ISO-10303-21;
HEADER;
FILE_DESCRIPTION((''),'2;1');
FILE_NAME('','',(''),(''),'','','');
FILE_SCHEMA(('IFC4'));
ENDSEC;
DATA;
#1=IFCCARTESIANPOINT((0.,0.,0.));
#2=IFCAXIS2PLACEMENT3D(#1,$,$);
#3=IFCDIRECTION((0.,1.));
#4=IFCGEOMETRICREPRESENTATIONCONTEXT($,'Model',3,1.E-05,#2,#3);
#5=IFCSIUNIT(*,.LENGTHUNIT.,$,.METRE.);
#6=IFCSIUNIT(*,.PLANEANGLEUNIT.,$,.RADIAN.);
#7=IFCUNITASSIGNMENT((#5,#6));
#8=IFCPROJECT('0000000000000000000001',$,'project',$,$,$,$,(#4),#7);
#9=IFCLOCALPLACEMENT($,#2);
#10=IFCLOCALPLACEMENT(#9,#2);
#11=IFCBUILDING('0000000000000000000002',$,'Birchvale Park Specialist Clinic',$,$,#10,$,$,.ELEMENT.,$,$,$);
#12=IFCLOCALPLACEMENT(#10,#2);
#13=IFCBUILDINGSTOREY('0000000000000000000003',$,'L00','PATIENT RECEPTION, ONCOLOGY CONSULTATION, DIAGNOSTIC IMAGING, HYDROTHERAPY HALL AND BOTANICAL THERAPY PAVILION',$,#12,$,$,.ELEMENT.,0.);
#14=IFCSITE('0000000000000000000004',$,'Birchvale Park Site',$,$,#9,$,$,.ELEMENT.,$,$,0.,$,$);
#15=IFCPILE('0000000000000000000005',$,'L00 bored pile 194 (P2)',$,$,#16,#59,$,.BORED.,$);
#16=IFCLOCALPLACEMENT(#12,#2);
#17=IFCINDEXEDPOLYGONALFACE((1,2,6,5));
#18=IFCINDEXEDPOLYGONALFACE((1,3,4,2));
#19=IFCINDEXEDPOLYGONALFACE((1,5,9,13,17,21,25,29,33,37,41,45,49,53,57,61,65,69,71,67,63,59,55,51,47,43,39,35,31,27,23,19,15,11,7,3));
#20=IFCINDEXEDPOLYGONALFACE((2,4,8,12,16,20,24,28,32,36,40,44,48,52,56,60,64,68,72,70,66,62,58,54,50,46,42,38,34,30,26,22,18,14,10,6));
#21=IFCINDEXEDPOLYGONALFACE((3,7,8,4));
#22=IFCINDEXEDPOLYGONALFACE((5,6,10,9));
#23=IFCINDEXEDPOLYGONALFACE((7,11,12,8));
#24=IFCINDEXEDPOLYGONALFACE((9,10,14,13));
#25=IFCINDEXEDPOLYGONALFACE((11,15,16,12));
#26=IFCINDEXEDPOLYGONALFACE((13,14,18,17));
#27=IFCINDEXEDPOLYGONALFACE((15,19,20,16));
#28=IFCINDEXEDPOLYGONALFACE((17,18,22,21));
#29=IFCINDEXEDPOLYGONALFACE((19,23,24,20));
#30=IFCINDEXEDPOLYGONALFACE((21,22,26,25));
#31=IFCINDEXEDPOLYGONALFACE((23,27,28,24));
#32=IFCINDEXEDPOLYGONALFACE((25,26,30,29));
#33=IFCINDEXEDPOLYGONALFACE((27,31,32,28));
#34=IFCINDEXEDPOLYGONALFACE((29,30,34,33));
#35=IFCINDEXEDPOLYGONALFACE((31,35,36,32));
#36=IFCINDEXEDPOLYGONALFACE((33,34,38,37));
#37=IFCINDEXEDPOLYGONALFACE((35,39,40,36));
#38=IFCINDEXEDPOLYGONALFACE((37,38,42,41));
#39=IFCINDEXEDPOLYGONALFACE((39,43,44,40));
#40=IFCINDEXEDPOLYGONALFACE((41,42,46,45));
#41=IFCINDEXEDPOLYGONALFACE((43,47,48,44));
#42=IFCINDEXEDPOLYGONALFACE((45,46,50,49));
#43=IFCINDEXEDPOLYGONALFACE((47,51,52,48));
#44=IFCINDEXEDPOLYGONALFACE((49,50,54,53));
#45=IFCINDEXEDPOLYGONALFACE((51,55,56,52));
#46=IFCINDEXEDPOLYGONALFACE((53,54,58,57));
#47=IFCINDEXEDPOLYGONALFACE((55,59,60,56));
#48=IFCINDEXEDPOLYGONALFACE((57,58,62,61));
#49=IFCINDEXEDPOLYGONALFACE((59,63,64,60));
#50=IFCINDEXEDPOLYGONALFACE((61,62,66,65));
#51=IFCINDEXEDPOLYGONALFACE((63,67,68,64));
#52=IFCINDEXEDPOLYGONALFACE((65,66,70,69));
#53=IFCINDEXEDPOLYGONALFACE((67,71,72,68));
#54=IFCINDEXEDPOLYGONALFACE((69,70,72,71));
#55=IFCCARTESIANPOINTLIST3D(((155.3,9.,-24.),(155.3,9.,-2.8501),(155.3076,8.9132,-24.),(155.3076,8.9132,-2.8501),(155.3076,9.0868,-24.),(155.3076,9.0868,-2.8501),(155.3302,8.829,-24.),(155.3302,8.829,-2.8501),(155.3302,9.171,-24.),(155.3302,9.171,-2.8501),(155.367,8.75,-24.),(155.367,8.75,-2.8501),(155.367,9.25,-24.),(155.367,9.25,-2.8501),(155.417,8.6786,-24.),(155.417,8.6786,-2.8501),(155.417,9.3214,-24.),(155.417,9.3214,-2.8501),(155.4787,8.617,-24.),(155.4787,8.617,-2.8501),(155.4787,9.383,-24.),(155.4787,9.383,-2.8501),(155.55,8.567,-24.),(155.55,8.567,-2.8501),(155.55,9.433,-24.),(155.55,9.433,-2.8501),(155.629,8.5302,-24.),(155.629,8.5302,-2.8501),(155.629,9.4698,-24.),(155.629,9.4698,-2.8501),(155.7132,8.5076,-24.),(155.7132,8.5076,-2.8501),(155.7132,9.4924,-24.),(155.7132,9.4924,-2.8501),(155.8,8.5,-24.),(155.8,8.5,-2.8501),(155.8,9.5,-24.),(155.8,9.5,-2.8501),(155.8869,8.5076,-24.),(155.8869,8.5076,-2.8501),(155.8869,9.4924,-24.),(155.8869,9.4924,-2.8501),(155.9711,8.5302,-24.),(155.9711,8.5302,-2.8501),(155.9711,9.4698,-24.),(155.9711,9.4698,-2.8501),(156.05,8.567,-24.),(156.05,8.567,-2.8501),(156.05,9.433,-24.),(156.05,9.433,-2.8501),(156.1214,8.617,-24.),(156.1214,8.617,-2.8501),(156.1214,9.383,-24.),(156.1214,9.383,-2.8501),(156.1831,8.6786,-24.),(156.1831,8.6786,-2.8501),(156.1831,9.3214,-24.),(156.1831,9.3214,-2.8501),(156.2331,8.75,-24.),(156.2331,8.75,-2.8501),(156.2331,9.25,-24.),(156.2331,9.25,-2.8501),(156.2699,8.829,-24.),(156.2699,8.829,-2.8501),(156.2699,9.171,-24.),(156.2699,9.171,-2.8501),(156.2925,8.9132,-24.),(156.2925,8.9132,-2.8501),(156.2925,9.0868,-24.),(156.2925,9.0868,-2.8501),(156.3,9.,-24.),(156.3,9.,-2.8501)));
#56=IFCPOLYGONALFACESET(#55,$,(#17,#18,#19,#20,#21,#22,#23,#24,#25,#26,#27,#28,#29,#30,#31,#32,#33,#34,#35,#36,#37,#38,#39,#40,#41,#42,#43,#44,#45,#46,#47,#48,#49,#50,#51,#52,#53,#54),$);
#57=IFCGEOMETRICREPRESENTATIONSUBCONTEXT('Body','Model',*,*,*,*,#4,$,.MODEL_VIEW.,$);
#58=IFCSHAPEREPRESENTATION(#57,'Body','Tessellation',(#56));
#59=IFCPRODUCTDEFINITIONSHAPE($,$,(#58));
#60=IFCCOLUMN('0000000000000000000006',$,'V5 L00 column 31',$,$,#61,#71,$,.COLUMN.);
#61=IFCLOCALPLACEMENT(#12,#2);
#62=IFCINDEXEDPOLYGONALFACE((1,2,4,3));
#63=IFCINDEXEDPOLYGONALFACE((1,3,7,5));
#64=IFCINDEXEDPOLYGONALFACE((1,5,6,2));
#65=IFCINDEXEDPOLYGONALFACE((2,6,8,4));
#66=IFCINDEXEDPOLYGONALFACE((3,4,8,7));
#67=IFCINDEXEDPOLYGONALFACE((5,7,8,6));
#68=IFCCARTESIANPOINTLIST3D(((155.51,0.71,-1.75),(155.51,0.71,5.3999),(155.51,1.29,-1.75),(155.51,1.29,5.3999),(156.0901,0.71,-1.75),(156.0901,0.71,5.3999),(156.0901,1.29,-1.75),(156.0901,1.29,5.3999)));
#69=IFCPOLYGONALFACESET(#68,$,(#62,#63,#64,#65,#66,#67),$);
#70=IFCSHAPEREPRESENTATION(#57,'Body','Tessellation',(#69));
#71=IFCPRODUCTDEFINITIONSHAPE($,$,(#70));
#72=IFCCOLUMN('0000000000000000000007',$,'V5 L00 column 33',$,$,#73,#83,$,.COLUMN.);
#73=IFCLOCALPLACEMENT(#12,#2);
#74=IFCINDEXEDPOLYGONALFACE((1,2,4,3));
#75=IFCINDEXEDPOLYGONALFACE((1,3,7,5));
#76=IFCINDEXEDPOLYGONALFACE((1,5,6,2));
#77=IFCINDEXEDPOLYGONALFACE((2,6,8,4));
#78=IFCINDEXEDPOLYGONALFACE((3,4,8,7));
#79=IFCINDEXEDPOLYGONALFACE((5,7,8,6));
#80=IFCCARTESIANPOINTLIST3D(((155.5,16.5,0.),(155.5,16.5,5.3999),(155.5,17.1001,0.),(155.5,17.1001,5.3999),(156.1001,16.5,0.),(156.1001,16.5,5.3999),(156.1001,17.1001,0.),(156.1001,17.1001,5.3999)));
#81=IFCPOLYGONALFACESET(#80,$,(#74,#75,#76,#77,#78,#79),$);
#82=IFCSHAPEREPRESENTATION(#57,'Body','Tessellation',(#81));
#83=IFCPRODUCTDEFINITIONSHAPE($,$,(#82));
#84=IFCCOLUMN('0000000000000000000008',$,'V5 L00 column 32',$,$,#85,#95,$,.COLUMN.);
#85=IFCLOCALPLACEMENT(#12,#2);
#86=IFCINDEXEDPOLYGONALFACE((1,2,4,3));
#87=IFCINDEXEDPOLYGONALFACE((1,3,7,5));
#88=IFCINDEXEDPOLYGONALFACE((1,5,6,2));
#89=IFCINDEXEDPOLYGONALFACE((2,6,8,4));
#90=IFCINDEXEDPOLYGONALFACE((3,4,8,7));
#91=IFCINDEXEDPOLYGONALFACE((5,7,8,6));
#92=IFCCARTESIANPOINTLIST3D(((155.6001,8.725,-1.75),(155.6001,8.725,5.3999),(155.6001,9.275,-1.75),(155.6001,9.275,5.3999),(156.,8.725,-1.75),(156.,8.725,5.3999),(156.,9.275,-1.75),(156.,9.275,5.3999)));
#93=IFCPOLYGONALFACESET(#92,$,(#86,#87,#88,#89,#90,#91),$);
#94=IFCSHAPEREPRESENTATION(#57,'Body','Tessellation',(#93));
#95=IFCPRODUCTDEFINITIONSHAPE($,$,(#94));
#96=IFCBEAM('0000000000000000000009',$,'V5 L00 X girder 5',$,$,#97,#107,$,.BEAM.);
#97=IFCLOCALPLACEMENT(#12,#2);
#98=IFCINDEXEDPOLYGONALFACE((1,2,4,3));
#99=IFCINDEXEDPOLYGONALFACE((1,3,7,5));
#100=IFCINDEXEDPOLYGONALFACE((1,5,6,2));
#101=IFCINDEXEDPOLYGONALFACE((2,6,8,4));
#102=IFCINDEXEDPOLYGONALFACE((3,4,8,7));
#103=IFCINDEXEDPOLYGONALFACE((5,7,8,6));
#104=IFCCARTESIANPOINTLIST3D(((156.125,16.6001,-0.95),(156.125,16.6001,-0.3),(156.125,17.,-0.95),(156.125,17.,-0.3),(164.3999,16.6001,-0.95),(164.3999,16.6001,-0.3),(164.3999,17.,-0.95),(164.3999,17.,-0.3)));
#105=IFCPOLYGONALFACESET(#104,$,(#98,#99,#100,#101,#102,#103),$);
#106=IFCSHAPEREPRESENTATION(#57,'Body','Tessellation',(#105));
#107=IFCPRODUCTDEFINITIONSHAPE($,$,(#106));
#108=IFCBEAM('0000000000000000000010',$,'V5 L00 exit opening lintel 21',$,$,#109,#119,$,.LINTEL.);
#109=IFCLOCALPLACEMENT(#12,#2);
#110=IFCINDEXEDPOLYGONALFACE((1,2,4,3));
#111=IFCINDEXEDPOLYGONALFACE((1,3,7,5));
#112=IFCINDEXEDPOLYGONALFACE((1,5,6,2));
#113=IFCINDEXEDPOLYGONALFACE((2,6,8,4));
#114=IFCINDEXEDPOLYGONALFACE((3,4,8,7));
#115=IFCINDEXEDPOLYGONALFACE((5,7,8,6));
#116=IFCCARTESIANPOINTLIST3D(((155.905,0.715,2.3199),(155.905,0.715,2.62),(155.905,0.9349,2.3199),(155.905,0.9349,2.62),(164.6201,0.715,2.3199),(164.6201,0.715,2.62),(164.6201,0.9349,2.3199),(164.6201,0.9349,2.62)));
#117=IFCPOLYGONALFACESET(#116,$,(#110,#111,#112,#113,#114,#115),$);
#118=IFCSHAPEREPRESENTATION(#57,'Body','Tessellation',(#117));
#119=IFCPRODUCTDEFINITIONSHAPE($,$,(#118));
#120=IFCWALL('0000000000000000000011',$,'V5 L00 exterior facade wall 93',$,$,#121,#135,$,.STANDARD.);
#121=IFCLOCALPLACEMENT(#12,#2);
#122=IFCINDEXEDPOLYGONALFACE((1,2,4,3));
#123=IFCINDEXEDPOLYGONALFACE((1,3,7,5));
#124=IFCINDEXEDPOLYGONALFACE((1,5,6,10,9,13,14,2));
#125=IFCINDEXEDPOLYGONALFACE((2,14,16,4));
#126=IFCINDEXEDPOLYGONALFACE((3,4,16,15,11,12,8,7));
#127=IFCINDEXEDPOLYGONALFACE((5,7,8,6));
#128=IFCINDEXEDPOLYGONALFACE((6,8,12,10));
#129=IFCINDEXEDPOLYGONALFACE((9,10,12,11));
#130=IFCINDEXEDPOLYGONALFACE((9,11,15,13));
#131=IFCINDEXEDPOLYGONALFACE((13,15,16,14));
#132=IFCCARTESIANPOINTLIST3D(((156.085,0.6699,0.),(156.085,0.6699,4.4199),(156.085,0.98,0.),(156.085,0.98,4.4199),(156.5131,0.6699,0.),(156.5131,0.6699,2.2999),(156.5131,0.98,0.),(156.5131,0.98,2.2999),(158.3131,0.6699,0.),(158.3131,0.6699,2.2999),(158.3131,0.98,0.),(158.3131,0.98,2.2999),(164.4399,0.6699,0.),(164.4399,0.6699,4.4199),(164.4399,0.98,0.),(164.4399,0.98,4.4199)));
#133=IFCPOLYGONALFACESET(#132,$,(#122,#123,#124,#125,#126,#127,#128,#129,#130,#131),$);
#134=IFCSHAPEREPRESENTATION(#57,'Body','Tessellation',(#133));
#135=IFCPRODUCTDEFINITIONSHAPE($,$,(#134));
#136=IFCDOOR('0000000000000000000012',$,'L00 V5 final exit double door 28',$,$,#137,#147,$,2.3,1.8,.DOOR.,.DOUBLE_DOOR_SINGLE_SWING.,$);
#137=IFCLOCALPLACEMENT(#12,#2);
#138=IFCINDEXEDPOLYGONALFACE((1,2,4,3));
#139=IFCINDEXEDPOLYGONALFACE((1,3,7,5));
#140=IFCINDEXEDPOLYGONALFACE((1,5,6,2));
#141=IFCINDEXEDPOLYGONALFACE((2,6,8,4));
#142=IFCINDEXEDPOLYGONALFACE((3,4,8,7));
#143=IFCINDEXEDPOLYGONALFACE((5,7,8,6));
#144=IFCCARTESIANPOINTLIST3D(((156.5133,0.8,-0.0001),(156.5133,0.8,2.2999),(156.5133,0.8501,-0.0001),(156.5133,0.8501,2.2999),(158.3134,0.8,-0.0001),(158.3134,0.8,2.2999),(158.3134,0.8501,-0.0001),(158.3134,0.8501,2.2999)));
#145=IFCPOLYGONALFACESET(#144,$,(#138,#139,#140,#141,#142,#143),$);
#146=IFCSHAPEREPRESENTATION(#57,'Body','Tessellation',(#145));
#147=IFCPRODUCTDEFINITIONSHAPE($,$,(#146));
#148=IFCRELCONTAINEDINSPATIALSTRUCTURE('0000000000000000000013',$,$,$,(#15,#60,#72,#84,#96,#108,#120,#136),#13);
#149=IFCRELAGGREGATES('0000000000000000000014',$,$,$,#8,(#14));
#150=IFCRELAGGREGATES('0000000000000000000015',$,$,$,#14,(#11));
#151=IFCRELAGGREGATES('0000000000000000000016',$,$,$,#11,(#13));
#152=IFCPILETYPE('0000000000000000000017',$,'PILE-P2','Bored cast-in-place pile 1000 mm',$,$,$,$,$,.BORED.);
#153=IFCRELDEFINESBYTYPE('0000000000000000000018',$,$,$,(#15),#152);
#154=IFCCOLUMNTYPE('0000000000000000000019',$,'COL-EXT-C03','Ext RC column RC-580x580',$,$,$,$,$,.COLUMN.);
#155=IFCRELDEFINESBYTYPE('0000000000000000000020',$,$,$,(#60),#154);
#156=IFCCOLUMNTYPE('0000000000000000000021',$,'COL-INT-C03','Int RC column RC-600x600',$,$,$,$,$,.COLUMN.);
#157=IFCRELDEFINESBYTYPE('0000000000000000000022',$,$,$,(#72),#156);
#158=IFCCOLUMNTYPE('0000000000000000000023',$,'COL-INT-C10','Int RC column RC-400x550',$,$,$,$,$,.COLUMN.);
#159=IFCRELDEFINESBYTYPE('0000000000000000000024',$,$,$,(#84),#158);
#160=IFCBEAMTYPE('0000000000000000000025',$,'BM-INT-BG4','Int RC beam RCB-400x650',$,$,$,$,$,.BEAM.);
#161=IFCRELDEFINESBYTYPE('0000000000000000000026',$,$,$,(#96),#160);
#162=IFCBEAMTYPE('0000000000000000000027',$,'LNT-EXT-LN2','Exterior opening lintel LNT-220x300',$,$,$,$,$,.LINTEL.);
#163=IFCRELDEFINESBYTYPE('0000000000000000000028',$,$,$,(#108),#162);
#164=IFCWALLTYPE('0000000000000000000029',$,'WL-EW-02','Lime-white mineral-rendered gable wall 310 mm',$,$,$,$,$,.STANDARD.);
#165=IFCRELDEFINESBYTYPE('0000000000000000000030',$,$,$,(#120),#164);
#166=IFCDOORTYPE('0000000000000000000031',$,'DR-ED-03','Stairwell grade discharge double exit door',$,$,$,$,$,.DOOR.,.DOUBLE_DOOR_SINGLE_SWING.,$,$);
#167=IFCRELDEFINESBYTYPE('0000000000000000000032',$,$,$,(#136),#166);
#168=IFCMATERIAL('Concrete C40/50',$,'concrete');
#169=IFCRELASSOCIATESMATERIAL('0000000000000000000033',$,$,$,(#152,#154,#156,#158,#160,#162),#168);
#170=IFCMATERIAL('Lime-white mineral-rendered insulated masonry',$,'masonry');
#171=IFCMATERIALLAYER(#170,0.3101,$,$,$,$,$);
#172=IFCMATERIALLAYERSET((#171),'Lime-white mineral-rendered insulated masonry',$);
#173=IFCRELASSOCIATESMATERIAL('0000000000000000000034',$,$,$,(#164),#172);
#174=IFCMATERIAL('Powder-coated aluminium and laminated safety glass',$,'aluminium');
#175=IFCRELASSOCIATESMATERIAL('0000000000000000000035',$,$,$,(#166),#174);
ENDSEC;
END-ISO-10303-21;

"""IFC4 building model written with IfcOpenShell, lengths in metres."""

from ifc_helpers import new_model, si_unit, direction, frame, frame_2d, origin, origin_2d, place, context, subcontext, project, spatial, rectangle, circle, extrude, material, layer, layer_set, material_profile, profile_set, type_object, element, fill, save


model = new_model("IFC4")

# Units and contexts
model_context = context("Model", 3, precision=1e-05, world=origin(), true_north=direction((0.0, 1.0)))
body_context = subcontext(model_context, "Body", "Model", "MODEL_VIEW")
ifc_project = project(units=[si_unit("LENGTHUNIT", "METRE"), si_unit("PLANEANGLEUNIT", "RADIAN")], contexts=[model_context])

# Site, building, storey
site_placement = place(None, origin())
site = spatial("IfcSite", under=ifc_project, at=site_placement, Name="Birchvale Park Site", CompositionType="ELEMENT", RefElevation=0.0)
building_placement = place(site_placement, origin())
building = spatial("IfcBuilding", under=site, at=building_placement, Name="Birchvale Park Specialist Clinic", CompositionType="ELEMENT")
storey_placement = place(building_placement, origin())
storey = spatial("IfcBuildingStorey", under=building, at=storey_placement, Name="L00", Description="PATIENT RECEPTION, ONCOLOGY CONSULTATION, DIAGNOSTIC IMAGING, HYDROTHERAPY HALL AND BOTANICAL THERAPY PAVILION", CompositionType="ELEMENT", Elevation=0.0)

# Shared definitions
ifc_material_1 = material(Name="Concrete C40/50", Category="concrete")

# Pile
ifc_material_profile_1 = material_profile(ifc_material_1, circle(Radius=0.5, at=origin_2d()), Name="PILE-1000")
ifc_profile_set_1 = profile_set([ifc_material_profile_1], Name="Concrete C40/50")
pile_type_1 = type_object("IfcPileType", Name="PILE-P2", Description="Bored cast-in-place pile 1000 mm", PredefinedType="BORED", material=ifc_profile_set_1)
for number, where, z_axis, x_axis, name in (
    (1, (155.8, 9.0, -2.8501), (0.0, 0.0, -1.0), (1.0, 0.0, 0.0), "L00 bored pile 194 (P2)"),
):
    element("IfcPile", number, at=place(storey_placement, frame(where, z_axis=z_axis, x_axis=x_axis)), inside=storey, type_object=pile_type_1, Name=name, PredefinedType="BORED", context=body_context, shape_type="SweptSolid", body=[
        extrude(circle(Radius=0.5, at=origin_2d()), origin(), (0.0, 0.0, 1.0), 21.1499),
    ])

# Columns
ifc_material_profile_2 = material_profile(ifc_material_1, rectangle(XDim=0.5801, YDim=0.5801, at=origin_2d()), Name="RC-580x580")
ifc_profile_set_2 = profile_set([ifc_material_profile_2], Name="Concrete C40/50")
column_type_1 = type_object("IfcColumnType", Name="COL-EXT-C03", Description="Ext RC column RC-580x580", PredefinedType="COLUMN", material=ifc_profile_set_2)
column_1_placement = place(storey_placement, frame((155.8, 1.0, -1.75), z_axis=(0.0, 0.0, 1.0), x_axis=(1.0, 0.0, 0.0)))
element("IfcColumn", 2, at=column_1_placement, inside=storey, type_object=column_type_1, Name="V5 L00 column 31", PredefinedType="COLUMN", context=body_context, shape_type="SweptSolid", body=[
    extrude(rectangle(XDim=0.5801, YDim=0.5801, at=origin_2d()), origin(), (0.0, 0.0, 1.0), 7.1499),
])
ifc_material_profile_3 = material_profile(ifc_material_1, rectangle(XDim=0.6001, YDim=0.6001, at=origin_2d()), Name="RC-600x600")
ifc_profile_set_3 = profile_set([ifc_material_profile_3], Name="Concrete C40/50")
column_type_2 = type_object("IfcColumnType", Name="COL-INT-C03", Description="Int RC column RC-600x600", PredefinedType="COLUMN", material=ifc_profile_set_3)
column_2_placement = place(storey_placement, frame((155.8, 16.8, 0.0), z_axis=(0.0, 0.0, 1.0), x_axis=(1.0, 0.0, 0.0)))
element("IfcColumn", 3, at=column_2_placement, inside=storey, type_object=column_type_2, Name="V5 L00 column 33", PredefinedType="COLUMN", context=body_context, shape_type="SweptSolid", body=[
    extrude(rectangle(XDim=0.6001, YDim=0.6001, at=origin_2d()), origin(), (0.0, 0.0, 1.0), 5.3999),
])
ifc_material_profile_4 = material_profile(ifc_material_1, rectangle(XDim=0.3999, YDim=0.55, at=origin_2d()), Name="RC-400x550")
ifc_profile_set_4 = profile_set([ifc_material_profile_4], Name="Concrete C40/50")
column_type_3 = type_object("IfcColumnType", Name="COL-INT-C10", Description="Int RC column RC-400x550", PredefinedType="COLUMN", material=ifc_profile_set_4)
column_3_placement = place(storey_placement, frame((155.8, 9.0, -1.75), z_axis=(0.0, 0.0, 1.0), x_axis=(1.0, 0.0, 0.0)))
element("IfcColumn", 4, at=column_3_placement, inside=storey, type_object=column_type_3, Name="V5 L00 column 32", PredefinedType="COLUMN", context=body_context, shape_type="SweptSolid", body=[
    extrude(rectangle(XDim=0.3999, YDim=0.55, at=origin_2d()), origin(), (0.0, 0.0, 1.0), 7.1499),
])

# Beams
ifc_material_profile_5 = material_profile(ifc_material_1, rectangle(XDim=0.3999, YDim=0.6499, at=origin_2d()), Name="RCB-400x650")
ifc_profile_set_5 = profile_set([ifc_material_profile_5], Name="Concrete C40/50")
beam_type_1 = type_object("IfcBeamType", Name="BM-INT-BG4", Description="Int RC beam RCB-400x650", PredefinedType="BEAM", material=ifc_profile_set_5)
beam_1_placement = place(storey_placement, frame((156.125, 16.8, -0.625), z_axis=(1.0, 0.0, 0.0), x_axis=(0.0, 1.0, 0.0)))
element("IfcBeam", 5, at=beam_1_placement, inside=storey, type_object=beam_type_1, Name="V5 L00 X girder 5", PredefinedType="BEAM", context=body_context, shape_type="SweptSolid", body=[
    extrude(rectangle(XDim=0.3999, YDim=0.6499, at=origin_2d()), origin(), (0.0, 0.0, 1.0), 8.2749),
])
ifc_material_profile_6 = material_profile(ifc_material_1, rectangle(XDim=0.22, YDim=0.3, at=origin_2d()), Name="LNT-220x300")
ifc_profile_set_6 = profile_set([ifc_material_profile_6], Name="Concrete C40/50")
beam_type_2 = type_object("IfcBeamType", Name="LNT-EXT-LN2", Description="Exterior opening lintel LNT-220x300", PredefinedType="LINTEL", material=ifc_profile_set_6)
beam_2_placement = place(storey_placement, frame((155.905, 0.825, 2.47), z_axis=(1.0, 0.0, 0.0), x_axis=(0.0, 1.0, 0.0)))
element("IfcBeam", 6, at=beam_2_placement, inside=storey, type_object=beam_type_2, Name="V5 L00 exit opening lintel 21", PredefinedType="LINTEL", context=body_context, shape_type="SweptSolid", body=[
    extrude(rectangle(XDim=0.22, YDim=0.3, at=origin_2d()), origin(), (0.0, 0.0, 1.0), 8.7151),
])

# Wall, opening, door
ifc_material_2 = material(Name="Lime-white mineral-rendered insulated masonry", Category="masonry")
ifc_layer = layer(ifc_material_2, 0.3101)
ifc_layer_set = layer_set([ifc_layer], Name="Lime-white mineral-rendered insulated masonry")
wall_type = type_object("IfcWallType", Name="WL-EW-02", Description="Lime-white mineral-rendered gable wall 310 mm", PredefinedType="STANDARD", material=ifc_layer_set)
ifc_material_3 = material(Name="Powder-coated aluminium and laminated safety glass", Category="aluminium")
wall_1_placement = place(storey_placement, frame((156.085, 0.825, 0.0), z_axis=(0.0, 0.0, 1.0), x_axis=(1.0, 0.0, 0.0)))
wall_1 = element("IfcWall", 7, at=wall_1_placement, inside=storey, type_object=wall_type, Name="V5 L00 exterior facade wall 93", PredefinedType="STANDARD", context=body_context, shape_type="SweptSolid", body=[
    extrude(rectangle(XDim=8.355, YDim=0.3101, at=frame_2d((4.1775, 0.0))), origin(), (0.0, 0.0, 1.0), 4.4199),
])
opening_1_placement = place(wall_1_placement, frame((0.4282, 0.0, 0.0)))
opening_1 = element("IfcOpeningElement", 8, at=opening_1_placement, cuts=wall_1, PredefinedType="OPENING", context=body_context, shape_type="SweptSolid", body=[
    extrude(rectangle(XDim=1.8, YDim=2.3, at=frame_2d((0.8999, 1.1499))), frame((0.0, 0.165, 0.0), z_axis=(0.0, -1.0, 0.0), x_axis=(1.0, 0.0, 0.0)), (0.0, 0.0, 1.0), 0.3301),
])
door_type_1 = type_object("IfcDoorType", Name="DR-ED-03", Description="Stairwell grade discharge double exit door", OperationType="DOUBLE_DOOR_SINGLE_SWING", PredefinedType="DOOR", material=ifc_material_3)
door_1_placement = place(opening_1_placement, frame((1.8, 0.0, 0.0), z_axis=(0.0, 0.0, 1.0), x_axis=(-1.0, 0.0, 0.0)))
door_1 = element("IfcDoor", 9, at=door_1_placement, inside=storey, type_object=door_type_1, Name="L00 V5 final exit double door 28", OperationType="DOUBLE_DOOR_SINGLE_SWING", OverallHeight=2.3, OverallWidth=1.8, PredefinedType="DOOR", context=body_context, shape_type="SweptSolid", body=[
    extrude(rectangle(XDim=1.8, YDim=2.3, at=frame_2d((0.8999, 1.1499))), frame((0.0, 0.0249, 0.0), z_axis=(0.0, -1.0, 0.0), x_axis=(1.0, 0.0, 0.0)), (0.0, 0.0, 1.0), 0.05),
])
fill(opening_1, door_1)

save(model, "model.ifc")
